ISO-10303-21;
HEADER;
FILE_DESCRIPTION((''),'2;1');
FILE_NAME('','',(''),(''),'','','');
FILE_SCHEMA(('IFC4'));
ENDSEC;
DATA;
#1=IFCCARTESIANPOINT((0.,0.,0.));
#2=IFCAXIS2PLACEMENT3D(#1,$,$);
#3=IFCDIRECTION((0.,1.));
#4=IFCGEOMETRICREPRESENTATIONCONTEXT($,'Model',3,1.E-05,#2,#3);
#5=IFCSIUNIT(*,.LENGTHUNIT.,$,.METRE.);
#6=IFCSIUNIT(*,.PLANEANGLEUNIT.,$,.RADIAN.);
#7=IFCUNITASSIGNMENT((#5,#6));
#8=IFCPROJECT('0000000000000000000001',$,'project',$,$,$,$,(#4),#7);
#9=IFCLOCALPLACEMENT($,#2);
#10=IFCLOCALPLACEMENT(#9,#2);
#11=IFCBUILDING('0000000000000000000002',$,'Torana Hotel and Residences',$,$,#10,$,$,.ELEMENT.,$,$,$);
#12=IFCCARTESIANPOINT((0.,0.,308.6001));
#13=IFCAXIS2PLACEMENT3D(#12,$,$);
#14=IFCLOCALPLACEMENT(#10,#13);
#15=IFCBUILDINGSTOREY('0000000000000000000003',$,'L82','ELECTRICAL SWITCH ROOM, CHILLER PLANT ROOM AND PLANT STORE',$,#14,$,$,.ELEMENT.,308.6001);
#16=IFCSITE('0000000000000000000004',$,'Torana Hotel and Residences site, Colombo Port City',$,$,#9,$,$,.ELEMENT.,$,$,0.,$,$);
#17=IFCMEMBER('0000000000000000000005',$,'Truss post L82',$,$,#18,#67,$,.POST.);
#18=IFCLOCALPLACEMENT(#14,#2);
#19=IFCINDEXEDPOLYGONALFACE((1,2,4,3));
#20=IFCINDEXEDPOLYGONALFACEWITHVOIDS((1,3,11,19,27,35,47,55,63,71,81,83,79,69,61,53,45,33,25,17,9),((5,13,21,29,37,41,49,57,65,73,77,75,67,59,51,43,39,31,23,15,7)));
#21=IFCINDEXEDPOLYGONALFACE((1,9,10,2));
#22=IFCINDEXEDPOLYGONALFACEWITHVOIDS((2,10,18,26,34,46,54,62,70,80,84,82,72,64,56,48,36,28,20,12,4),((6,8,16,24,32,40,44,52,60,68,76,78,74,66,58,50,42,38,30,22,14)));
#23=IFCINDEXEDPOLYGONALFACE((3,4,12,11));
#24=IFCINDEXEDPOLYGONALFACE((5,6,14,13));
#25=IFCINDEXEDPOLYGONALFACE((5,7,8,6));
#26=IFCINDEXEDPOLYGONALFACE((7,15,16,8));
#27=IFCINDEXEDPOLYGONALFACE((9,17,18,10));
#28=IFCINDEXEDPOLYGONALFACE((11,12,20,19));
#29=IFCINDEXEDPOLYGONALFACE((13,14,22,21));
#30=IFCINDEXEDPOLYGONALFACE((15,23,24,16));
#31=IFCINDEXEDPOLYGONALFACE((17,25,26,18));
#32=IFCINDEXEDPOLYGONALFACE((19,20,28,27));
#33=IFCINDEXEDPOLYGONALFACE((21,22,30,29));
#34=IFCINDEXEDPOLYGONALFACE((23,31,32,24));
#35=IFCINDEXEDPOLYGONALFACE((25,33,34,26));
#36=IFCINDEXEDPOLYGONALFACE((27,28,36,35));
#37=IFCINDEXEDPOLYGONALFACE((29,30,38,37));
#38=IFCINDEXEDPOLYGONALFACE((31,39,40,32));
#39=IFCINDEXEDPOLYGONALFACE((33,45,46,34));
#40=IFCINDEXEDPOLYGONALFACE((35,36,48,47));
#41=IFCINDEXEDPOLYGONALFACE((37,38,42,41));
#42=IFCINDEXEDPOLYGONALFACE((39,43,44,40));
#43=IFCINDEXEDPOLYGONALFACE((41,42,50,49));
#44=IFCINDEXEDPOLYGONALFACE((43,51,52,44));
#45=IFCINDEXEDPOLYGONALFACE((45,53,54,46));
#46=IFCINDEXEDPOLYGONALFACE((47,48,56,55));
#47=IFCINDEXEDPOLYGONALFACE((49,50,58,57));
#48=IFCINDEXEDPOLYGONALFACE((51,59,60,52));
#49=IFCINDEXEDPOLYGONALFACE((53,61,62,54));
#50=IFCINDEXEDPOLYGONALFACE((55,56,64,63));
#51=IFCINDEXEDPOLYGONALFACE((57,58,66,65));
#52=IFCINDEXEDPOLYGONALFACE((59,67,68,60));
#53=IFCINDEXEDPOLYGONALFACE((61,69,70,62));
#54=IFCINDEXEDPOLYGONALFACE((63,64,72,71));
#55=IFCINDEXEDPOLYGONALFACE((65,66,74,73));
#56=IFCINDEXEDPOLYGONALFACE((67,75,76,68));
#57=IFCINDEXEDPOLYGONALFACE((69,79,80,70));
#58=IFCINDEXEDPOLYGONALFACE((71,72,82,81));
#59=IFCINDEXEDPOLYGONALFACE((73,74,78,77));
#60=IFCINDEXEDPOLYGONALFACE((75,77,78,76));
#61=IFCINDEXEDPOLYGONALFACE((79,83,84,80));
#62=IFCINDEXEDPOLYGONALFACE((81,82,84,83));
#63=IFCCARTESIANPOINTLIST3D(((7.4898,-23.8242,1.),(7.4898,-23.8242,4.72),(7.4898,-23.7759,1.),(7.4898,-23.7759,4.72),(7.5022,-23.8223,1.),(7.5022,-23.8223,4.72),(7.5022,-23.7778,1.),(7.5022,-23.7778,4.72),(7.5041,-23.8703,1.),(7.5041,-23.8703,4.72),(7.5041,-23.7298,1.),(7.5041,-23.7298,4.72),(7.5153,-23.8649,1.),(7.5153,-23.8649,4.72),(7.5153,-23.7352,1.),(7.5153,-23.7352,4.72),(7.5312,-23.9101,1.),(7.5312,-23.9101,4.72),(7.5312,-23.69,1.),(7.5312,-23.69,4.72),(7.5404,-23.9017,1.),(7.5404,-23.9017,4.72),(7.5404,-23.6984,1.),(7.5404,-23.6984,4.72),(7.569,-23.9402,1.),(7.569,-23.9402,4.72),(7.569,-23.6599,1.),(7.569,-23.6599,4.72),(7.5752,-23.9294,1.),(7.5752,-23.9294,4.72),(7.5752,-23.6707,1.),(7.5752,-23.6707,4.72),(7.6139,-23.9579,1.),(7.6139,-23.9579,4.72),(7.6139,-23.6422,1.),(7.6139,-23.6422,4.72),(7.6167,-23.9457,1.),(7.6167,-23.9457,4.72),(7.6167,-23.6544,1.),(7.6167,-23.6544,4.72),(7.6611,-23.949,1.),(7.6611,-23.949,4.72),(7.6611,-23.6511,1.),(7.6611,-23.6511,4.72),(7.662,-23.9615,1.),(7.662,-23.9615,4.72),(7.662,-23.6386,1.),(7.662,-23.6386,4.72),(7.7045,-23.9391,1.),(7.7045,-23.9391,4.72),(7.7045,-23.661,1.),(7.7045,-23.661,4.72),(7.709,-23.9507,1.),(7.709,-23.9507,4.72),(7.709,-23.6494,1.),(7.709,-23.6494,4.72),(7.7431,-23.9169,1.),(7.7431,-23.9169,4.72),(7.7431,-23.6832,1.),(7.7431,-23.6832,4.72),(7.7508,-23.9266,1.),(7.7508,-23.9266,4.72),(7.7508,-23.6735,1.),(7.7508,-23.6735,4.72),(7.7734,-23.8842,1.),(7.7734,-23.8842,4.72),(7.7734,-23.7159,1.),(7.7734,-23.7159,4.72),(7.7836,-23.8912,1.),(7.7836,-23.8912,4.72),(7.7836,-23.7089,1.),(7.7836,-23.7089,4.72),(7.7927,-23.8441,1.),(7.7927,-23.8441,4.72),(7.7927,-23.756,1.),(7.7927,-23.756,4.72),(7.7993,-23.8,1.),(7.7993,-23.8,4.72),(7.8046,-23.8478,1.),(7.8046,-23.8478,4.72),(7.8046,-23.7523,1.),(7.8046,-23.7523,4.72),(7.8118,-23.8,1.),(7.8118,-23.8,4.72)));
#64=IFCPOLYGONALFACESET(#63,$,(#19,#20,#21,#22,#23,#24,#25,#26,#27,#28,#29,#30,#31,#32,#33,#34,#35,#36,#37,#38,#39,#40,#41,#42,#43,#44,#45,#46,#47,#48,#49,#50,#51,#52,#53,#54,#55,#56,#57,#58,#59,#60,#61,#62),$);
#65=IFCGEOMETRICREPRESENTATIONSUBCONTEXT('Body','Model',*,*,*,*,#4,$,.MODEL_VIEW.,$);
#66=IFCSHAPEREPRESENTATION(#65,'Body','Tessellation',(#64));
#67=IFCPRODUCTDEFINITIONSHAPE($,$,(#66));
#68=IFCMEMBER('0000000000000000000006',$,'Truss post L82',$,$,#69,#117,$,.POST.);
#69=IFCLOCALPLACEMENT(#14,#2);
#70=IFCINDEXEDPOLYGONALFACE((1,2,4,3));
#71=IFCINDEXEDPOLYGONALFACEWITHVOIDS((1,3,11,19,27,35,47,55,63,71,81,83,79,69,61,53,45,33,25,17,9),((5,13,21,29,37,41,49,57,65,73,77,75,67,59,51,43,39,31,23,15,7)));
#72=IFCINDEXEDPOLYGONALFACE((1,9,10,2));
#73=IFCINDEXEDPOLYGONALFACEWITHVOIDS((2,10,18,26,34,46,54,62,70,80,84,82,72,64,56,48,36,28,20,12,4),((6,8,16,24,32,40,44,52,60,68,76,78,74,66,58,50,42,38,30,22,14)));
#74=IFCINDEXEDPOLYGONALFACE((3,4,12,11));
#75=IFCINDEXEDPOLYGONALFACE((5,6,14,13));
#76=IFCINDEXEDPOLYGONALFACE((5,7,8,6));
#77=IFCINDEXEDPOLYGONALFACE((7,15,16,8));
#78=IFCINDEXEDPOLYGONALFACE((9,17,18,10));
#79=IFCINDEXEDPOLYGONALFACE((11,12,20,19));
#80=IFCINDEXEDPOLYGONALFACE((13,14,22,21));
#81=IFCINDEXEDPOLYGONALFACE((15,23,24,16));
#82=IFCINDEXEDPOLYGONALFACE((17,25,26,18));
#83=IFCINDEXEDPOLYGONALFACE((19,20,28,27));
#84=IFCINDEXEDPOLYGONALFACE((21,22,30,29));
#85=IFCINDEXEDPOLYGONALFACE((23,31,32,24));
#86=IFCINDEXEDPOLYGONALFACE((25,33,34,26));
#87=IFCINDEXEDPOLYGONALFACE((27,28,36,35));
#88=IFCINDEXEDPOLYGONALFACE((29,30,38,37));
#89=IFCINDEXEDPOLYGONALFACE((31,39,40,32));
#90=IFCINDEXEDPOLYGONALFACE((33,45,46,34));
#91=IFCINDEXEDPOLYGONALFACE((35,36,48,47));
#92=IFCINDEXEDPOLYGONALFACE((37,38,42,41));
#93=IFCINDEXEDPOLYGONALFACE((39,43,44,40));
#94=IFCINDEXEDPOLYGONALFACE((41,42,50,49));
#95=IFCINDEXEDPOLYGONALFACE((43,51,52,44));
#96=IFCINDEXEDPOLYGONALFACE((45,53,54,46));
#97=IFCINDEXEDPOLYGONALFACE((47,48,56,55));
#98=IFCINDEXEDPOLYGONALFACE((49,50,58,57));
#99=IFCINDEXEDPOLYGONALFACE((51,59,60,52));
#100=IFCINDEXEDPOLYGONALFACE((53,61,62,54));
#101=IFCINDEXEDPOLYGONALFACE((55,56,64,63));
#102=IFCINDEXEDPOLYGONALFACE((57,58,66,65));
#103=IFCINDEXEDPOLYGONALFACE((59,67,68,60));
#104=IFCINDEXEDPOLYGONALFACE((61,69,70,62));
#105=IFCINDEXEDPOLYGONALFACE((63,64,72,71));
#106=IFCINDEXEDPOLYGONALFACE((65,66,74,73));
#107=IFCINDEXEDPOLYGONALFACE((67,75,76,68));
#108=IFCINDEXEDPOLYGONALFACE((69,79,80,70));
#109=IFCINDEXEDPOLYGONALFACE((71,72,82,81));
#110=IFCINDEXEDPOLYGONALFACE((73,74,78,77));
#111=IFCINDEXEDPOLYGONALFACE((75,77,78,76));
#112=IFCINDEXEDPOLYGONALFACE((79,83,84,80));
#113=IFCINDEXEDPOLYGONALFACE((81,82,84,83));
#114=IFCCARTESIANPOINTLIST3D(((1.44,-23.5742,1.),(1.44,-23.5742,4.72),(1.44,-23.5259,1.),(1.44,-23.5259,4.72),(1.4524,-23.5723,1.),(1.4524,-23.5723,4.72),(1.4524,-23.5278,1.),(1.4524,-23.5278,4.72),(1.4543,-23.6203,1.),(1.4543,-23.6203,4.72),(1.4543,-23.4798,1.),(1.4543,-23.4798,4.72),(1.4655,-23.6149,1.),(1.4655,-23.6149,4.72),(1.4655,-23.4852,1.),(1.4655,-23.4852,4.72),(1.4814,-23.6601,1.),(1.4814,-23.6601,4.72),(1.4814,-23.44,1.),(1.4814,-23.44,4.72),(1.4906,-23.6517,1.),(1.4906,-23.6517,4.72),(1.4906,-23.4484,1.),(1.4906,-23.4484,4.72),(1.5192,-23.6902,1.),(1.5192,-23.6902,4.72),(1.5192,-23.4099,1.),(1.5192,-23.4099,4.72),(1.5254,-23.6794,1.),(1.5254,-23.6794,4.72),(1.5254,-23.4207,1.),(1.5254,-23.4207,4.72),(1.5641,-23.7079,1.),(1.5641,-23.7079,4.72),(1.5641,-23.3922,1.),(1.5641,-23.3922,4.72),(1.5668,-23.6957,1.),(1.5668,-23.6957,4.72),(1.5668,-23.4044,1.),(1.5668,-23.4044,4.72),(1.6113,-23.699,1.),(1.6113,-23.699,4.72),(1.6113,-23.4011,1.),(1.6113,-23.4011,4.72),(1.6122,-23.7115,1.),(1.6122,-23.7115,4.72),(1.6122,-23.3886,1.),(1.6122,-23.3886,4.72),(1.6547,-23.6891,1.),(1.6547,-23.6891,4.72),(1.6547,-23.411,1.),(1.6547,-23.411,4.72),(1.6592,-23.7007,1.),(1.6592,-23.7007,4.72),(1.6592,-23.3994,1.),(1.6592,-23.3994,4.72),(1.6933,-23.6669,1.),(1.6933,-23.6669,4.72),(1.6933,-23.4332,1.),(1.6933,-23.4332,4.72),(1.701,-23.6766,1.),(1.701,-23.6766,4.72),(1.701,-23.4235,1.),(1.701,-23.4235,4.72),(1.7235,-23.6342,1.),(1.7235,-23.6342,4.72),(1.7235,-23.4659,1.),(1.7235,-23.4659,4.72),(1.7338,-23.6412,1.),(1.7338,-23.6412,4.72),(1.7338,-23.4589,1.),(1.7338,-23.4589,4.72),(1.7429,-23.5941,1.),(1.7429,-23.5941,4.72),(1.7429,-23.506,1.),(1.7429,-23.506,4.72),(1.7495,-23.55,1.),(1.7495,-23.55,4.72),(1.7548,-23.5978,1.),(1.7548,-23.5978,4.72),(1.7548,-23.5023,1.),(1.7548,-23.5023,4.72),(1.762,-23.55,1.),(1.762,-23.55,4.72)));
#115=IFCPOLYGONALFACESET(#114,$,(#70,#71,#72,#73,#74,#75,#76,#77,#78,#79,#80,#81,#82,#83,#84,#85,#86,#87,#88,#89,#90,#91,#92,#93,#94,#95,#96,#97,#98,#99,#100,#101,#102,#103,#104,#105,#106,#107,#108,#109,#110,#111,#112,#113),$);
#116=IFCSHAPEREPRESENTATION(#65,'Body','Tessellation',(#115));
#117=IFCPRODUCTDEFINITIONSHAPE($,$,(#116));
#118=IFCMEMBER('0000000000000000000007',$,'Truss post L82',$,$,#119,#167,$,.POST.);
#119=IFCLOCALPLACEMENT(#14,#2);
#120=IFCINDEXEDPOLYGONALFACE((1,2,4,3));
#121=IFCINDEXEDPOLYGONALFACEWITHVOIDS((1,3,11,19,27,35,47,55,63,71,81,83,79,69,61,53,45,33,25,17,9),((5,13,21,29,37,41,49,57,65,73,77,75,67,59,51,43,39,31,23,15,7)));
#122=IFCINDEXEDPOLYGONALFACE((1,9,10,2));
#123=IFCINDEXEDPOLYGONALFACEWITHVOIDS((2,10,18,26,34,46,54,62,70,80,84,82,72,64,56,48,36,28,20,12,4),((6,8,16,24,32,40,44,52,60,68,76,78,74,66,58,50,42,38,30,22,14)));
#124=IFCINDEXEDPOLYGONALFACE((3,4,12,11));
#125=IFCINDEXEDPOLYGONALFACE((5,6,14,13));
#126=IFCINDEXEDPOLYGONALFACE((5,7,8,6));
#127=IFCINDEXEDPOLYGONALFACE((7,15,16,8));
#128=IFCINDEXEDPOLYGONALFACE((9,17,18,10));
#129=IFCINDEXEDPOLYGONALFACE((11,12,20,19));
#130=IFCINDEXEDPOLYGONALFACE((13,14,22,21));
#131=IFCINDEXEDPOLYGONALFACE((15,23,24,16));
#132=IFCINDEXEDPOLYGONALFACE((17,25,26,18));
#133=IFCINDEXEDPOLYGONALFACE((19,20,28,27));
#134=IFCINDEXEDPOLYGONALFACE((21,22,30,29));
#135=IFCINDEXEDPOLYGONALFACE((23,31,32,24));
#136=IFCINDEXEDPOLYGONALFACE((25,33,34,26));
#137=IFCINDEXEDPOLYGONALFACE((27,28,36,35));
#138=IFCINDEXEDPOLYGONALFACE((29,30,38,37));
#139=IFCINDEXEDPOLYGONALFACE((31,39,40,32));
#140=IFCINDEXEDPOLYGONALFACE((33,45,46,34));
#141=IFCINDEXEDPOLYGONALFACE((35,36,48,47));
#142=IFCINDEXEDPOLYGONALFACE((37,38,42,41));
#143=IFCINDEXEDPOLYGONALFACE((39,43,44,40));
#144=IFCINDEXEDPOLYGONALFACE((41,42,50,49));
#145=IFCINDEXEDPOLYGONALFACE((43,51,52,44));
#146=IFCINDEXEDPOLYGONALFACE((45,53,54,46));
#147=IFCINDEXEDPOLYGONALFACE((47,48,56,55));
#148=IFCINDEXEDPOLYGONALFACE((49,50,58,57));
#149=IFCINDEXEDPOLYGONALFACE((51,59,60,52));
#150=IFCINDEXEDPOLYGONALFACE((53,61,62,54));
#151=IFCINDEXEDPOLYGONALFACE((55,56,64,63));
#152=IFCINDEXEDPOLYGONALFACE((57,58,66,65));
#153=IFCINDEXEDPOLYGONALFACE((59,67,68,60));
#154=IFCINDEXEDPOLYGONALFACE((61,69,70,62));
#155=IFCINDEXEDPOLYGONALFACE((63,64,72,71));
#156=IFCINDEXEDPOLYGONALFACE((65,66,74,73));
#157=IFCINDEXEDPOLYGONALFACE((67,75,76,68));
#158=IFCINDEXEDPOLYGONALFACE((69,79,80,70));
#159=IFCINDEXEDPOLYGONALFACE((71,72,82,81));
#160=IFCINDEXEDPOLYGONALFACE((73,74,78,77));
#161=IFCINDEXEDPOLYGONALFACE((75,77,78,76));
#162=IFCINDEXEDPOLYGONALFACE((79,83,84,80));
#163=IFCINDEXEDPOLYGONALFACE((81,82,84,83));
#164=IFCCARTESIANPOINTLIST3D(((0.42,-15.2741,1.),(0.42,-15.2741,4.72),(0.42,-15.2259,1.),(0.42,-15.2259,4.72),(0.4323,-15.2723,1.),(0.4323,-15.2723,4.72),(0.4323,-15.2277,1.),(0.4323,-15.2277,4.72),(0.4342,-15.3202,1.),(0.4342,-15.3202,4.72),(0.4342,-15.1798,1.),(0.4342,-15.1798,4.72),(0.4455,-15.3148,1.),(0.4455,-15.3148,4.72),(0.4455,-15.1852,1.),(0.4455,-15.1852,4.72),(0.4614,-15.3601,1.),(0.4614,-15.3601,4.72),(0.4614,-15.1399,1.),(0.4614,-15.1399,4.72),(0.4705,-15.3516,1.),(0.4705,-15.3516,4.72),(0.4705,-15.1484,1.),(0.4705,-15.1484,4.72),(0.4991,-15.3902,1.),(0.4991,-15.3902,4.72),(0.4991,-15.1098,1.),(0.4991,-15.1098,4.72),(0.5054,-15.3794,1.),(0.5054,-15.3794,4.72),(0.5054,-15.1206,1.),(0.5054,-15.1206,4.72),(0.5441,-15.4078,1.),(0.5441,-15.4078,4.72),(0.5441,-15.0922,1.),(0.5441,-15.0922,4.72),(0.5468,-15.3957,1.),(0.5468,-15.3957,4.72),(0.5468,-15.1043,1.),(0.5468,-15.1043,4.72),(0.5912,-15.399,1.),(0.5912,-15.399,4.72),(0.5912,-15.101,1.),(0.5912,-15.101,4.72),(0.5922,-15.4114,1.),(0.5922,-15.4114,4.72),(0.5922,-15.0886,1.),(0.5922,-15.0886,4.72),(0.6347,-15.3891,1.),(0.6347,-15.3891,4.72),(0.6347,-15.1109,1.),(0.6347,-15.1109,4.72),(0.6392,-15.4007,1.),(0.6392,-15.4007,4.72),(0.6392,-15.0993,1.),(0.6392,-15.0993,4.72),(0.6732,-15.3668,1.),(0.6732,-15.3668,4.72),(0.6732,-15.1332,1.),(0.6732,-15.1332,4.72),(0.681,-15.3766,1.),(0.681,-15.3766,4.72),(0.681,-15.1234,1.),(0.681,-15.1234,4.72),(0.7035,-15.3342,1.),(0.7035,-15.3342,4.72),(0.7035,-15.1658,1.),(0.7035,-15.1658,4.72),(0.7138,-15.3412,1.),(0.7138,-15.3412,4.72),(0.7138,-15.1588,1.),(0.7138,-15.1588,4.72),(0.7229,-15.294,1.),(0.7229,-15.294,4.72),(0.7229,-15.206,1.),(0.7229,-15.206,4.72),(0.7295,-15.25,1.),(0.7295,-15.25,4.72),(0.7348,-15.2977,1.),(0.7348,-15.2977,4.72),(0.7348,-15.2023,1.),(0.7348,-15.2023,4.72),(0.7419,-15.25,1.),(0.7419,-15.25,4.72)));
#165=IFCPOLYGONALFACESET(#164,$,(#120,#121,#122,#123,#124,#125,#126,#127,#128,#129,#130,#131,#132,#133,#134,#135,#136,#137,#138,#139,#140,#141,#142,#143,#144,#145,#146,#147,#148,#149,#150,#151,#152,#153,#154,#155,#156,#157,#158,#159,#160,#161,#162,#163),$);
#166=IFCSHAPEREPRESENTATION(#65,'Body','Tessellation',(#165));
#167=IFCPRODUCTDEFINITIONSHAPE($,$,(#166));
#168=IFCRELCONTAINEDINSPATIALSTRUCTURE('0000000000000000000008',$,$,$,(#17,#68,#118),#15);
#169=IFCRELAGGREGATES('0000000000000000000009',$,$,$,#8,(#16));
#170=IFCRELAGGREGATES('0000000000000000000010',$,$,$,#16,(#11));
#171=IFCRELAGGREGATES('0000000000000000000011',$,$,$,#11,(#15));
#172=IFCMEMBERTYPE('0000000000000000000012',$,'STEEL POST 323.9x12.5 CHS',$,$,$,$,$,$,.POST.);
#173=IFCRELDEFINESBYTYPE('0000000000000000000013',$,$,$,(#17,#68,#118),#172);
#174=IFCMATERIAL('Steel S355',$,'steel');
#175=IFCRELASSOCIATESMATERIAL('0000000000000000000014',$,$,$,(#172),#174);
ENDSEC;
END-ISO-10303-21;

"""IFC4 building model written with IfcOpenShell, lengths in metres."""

from ifc_helpers import new_model, si_unit, direction, frame, origin, origin_2d, place, context, subcontext, project, spatial, hollow_circle, extrude, material, material_profile, profile_set, type_object, element, save


model = new_model("IFC4")

# Units and contexts
model_context = context("Model", 3, precision=1e-05, world=origin(), true_north=direction((0.0, 1.0)))
body_context = subcontext(model_context, "Body", "Model", "MODEL_VIEW")
ifc_project = project(units=[si_unit("LENGTHUNIT", "METRE"), si_unit("PLANEANGLEUNIT", "RADIAN")], contexts=[model_context])

# Site, building, storey
site_placement = place(None, origin())
site = spatial("IfcSite", under=ifc_project, at=site_placement, Name="Torana Hotel and Residences site, Colombo Port City", CompositionType="ELEMENT", RefElevation=0.0)
building_placement = place(site_placement, origin())
building = spatial("IfcBuilding", under=site, at=building_placement, Name="Torana Hotel and Residences", CompositionType="ELEMENT")
storey_placement = place(building_placement, frame((0.0, 0.0, 308.6001)))
storey = spatial("IfcBuildingStorey", under=building, at=storey_placement, Name="L82", Description="ELECTRICAL SWITCH ROOM, CHILLER PLANT ROOM AND PLANT STORE", CompositionType="ELEMENT", Elevation=308.6001)

# Members
ifc_material_1 = material(Name="Steel S355", Category="steel")
ifc_material_profile_1 = material_profile(ifc_material_1, hollow_circle(Radius=0.1619, WallThickness=0.0125, at=origin_2d()), Name="323.9x12.5 CHS")
ifc_profile_set_1 = profile_set([ifc_material_profile_1], Name="Steel S355")
member_type_1 = type_object("IfcMemberType", Name="STEEL POST 323.9x12.5 CHS", PredefinedType="POST", material=ifc_profile_set_1)
for number, where, z_axis, x_axis, name in (
    (1, (7.6499, -23.8, 1.0), (0.0, 0.0, 1.0), (1.0, 0.0, 0.0), "Truss post L82"),
    (2, (1.6001, -23.55, 1.0), (0.0, 0.0, 1.0), (1.0, 0.0, 0.0), "Truss post L82"),
    (3, (0.5801, -15.25, 1.0), (0.0, 0.0, 1.0), (1.0, 0.0, 0.0), "Truss post L82"),
):
    element("IfcMember", number, at=place(storey_placement, frame(where, z_axis=z_axis, x_axis=x_axis)), inside=storey, type_object=member_type_1, Name=name, PredefinedType="POST", context=body_context, shape_type="SweptSolid", body=[
        extrude(hollow_circle(Radius=0.1619, WallThickness=0.0125, at=origin_2d()), origin(), (0.0, 0.0, 1.0), 3.72),
    ])

save(model, "model.ifc")
